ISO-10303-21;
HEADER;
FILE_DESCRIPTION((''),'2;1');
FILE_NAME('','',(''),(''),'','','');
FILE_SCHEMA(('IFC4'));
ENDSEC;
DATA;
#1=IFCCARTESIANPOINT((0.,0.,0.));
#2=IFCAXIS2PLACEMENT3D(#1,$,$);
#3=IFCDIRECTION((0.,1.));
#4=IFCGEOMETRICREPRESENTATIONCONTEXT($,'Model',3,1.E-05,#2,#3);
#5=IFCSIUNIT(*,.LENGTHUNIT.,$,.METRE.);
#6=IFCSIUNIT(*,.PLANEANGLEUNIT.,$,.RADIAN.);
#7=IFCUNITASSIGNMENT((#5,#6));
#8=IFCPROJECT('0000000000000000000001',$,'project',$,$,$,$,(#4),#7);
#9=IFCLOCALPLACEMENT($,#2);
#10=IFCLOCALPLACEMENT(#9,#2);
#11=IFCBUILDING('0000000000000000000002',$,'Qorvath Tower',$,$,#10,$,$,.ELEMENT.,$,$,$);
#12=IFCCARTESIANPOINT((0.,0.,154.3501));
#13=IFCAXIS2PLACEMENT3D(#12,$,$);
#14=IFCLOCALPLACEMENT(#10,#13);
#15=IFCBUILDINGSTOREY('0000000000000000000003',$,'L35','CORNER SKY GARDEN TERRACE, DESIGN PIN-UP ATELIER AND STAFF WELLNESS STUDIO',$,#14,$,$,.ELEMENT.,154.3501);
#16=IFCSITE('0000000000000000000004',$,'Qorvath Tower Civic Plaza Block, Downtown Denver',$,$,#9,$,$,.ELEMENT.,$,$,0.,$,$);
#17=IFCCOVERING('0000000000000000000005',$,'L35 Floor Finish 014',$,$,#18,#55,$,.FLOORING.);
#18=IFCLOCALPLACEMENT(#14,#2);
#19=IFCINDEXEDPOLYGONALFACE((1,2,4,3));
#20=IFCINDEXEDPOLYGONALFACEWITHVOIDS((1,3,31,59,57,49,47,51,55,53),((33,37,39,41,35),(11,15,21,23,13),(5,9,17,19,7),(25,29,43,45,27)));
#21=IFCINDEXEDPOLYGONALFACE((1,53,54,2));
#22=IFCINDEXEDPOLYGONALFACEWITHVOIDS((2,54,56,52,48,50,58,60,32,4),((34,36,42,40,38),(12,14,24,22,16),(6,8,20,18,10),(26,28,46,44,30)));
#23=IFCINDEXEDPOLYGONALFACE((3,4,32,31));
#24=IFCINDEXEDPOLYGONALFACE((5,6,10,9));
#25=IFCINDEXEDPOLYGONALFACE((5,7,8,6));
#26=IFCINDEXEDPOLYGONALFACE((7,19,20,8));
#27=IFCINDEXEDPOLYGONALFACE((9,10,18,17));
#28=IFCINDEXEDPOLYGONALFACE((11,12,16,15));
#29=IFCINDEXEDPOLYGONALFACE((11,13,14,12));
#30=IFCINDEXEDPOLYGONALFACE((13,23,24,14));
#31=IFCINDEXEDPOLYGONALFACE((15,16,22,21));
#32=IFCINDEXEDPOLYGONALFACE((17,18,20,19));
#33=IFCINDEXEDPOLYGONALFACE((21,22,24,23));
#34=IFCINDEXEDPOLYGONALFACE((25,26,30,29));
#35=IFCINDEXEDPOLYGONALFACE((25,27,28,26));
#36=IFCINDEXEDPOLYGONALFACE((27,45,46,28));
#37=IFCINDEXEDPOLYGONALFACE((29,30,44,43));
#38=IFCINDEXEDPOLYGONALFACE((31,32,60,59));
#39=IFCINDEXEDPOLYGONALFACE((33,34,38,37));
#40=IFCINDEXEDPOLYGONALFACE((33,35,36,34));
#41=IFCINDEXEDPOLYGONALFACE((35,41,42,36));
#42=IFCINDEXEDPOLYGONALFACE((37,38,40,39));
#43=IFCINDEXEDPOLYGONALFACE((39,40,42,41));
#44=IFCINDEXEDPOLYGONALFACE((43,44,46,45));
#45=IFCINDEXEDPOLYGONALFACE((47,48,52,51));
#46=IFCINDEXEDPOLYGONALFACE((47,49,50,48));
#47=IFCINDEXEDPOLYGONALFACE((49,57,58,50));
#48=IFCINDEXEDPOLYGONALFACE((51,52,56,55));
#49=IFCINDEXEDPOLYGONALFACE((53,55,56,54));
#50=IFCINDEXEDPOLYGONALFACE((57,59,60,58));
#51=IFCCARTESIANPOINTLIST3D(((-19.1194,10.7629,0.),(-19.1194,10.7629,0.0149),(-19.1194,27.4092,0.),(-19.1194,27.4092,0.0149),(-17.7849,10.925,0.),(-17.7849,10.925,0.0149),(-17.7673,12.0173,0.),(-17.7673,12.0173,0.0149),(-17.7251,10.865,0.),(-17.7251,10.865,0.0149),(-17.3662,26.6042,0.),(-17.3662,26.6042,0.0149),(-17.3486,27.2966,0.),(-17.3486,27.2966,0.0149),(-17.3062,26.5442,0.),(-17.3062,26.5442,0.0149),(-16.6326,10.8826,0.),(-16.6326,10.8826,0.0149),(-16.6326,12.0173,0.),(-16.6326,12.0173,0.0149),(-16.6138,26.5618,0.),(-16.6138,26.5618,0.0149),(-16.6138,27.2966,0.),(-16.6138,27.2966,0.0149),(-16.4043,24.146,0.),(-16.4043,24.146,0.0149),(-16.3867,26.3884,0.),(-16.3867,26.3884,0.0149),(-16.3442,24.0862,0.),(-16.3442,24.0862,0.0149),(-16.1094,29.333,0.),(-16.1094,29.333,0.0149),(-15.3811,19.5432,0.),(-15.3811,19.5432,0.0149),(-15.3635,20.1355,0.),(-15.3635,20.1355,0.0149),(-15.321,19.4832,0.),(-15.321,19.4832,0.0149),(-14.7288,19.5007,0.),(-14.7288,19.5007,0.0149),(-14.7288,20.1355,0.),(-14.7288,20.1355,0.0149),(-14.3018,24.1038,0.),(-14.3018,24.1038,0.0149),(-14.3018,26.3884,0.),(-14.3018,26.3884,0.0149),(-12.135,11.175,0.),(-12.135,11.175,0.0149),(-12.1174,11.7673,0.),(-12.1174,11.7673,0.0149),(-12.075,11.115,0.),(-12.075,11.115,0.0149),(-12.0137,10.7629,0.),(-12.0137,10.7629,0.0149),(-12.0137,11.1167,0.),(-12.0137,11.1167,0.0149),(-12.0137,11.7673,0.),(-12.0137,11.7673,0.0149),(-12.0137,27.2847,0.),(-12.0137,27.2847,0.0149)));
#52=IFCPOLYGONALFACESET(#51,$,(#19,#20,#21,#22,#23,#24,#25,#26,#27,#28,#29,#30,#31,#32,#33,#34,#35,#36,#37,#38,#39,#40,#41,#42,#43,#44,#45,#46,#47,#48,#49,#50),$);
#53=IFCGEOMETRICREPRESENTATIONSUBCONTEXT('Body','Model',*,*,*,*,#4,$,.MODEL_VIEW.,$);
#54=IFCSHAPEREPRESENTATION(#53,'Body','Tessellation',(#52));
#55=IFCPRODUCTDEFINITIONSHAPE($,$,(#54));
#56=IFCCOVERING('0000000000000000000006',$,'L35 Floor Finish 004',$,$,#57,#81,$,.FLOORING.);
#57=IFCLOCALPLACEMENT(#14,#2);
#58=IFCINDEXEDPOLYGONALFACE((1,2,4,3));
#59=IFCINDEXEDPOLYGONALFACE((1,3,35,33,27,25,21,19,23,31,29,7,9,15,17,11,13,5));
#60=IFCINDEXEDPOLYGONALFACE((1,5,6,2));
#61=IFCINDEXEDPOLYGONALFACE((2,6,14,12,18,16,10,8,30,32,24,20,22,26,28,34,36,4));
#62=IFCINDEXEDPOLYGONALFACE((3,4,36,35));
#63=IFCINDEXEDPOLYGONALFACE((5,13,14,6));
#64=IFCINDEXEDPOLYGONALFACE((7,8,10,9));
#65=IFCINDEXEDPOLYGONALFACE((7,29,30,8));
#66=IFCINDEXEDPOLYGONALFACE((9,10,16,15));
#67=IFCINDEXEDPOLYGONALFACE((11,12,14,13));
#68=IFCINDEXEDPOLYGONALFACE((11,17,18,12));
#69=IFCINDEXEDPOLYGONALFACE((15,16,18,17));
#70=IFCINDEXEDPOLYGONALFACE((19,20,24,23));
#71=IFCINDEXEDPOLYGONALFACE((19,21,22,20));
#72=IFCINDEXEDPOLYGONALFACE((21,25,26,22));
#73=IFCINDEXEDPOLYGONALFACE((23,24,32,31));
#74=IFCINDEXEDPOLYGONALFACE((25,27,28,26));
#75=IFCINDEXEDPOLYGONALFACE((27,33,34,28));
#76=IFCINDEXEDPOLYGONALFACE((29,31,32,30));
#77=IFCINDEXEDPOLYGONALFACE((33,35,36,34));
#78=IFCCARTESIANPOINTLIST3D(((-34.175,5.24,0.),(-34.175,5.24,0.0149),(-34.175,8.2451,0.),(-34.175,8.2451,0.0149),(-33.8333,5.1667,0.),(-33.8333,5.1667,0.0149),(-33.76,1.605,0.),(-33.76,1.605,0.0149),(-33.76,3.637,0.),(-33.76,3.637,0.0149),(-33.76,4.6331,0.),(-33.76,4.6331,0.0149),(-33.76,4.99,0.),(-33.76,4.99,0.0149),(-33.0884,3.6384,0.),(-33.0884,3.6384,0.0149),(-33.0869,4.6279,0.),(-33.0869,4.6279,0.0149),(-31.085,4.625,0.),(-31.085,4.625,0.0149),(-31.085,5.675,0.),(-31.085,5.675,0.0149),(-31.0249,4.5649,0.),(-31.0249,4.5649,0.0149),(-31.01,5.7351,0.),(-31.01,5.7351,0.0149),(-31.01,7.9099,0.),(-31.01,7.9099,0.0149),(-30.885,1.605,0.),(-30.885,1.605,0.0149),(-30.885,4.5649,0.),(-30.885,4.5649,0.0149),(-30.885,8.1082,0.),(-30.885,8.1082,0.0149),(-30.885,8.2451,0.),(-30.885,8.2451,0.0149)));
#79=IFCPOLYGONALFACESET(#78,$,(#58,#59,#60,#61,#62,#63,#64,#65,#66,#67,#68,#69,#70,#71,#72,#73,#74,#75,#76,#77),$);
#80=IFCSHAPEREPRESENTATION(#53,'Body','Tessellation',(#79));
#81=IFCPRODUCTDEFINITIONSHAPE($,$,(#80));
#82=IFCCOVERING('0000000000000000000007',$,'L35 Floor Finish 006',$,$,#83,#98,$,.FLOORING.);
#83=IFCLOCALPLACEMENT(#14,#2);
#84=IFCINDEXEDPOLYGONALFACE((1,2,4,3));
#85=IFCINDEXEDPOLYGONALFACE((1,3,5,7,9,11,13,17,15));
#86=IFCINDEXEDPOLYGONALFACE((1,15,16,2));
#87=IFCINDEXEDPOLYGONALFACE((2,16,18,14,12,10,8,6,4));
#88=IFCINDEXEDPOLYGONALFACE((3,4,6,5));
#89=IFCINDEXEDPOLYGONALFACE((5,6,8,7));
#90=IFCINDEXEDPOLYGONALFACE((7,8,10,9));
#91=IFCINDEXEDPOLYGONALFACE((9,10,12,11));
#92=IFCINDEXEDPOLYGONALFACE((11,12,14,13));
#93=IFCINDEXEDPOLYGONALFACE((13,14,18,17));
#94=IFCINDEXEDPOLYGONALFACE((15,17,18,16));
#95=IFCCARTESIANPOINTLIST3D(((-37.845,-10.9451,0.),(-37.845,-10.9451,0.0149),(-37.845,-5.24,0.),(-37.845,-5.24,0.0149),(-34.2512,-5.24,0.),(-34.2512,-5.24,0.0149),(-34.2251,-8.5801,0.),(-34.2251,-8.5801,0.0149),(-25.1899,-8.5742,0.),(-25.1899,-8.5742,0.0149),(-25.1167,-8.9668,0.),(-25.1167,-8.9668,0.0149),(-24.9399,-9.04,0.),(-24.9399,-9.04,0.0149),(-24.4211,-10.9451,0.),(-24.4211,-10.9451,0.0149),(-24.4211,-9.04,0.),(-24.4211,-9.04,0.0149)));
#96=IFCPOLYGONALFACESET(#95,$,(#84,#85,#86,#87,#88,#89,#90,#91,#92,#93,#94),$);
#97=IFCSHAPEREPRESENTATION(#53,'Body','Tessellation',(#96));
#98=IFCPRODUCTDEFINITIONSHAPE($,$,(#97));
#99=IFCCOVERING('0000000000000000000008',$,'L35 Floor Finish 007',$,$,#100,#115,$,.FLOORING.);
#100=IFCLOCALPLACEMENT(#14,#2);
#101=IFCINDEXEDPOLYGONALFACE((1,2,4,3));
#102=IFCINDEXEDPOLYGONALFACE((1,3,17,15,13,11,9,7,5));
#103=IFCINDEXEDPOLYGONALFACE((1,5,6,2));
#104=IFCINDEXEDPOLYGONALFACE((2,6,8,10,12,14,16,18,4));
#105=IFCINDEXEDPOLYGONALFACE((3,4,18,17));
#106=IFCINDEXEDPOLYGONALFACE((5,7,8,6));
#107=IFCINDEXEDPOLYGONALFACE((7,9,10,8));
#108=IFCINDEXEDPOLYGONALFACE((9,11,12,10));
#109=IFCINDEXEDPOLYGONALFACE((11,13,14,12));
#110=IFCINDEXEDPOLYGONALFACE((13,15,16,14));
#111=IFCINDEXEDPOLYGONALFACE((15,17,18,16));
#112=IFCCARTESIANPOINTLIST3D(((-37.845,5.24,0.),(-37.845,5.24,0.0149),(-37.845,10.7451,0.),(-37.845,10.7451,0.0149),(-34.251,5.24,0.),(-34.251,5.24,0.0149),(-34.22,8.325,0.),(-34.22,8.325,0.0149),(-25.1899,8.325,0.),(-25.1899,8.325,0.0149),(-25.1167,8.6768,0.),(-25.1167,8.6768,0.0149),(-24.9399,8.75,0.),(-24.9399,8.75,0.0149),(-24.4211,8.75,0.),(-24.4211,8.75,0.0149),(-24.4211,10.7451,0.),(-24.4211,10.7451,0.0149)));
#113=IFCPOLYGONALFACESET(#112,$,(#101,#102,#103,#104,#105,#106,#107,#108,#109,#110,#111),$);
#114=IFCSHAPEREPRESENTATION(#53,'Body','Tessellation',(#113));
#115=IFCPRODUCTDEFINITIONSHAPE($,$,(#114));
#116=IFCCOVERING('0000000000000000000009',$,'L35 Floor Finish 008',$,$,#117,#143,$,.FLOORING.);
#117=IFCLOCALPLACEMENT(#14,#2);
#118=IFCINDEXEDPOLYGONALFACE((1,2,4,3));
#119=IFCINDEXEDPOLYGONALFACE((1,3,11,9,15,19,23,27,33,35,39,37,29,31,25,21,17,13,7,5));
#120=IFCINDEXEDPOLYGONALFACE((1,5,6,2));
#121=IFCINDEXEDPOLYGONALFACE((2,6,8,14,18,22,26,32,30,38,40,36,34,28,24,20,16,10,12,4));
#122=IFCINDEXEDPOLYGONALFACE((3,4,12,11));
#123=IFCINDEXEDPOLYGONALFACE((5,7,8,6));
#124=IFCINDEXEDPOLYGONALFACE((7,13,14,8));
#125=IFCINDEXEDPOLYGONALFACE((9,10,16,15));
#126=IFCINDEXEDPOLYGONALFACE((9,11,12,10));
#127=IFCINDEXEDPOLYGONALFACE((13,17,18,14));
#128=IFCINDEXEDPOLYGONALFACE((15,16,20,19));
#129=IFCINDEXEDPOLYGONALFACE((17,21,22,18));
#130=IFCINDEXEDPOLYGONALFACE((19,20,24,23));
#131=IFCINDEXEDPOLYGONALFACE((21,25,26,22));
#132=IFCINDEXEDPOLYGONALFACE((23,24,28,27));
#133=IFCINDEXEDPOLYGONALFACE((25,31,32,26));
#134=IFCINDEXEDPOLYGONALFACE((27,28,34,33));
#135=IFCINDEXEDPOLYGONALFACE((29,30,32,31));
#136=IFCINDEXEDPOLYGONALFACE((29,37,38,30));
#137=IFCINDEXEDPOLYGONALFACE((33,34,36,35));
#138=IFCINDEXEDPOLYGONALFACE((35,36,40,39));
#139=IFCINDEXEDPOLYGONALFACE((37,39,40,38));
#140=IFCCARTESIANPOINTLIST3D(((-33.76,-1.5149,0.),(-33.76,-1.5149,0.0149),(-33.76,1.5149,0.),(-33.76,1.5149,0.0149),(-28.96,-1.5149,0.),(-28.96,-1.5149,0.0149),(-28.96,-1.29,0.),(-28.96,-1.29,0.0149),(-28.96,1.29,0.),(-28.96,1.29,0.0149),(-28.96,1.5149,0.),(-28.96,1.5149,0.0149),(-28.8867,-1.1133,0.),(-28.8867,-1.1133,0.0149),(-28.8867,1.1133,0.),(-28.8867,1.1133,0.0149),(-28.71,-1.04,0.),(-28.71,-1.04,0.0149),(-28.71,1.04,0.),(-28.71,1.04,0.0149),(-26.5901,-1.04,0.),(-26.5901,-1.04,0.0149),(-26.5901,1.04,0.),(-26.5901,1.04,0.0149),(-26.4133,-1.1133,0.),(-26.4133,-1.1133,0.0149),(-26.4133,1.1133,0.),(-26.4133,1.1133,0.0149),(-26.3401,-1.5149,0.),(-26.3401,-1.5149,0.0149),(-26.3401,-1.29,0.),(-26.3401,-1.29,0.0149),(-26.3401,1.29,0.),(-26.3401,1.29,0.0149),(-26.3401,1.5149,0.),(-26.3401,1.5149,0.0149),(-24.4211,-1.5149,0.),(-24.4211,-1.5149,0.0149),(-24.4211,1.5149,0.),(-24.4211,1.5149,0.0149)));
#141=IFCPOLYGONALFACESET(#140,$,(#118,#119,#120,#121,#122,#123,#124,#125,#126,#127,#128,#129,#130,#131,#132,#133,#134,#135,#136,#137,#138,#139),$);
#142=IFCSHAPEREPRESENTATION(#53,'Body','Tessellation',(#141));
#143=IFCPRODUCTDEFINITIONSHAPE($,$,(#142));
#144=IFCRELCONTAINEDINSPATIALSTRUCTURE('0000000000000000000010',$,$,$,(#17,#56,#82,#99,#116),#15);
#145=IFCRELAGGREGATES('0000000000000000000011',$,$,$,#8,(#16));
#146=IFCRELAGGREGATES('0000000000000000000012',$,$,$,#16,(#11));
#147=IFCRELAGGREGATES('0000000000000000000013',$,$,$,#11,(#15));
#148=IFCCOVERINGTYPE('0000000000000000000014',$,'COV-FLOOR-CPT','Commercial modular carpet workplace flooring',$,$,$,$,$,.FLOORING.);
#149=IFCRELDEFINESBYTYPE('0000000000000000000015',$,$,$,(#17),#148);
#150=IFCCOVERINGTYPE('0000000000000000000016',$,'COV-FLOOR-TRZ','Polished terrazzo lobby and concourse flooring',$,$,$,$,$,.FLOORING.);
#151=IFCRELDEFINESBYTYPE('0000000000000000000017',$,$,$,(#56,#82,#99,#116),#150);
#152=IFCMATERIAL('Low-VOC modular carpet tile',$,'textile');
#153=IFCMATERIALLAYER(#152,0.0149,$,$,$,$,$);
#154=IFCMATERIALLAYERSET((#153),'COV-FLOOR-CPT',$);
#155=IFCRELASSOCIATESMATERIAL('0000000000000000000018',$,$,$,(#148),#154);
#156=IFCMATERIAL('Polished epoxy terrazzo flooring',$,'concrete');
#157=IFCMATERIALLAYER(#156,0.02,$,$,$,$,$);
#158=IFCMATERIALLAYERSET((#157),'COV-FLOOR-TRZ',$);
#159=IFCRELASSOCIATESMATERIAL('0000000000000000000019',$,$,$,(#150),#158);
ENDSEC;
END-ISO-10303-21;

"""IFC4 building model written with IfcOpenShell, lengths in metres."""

from ifc_helpers import new_model, si_unit, direction, frame, origin, place, context, subcontext, project, spatial, polyline, outline, extrude, material, layer, layer_set, type_object, element, save


model = new_model("IFC4")

# Units and contexts
model_context = context("Model", 3, precision=1e-05, world=origin(), true_north=direction((0.0, 1.0)))
body_context = subcontext(model_context, "Body", "Model", "MODEL_VIEW")
ifc_project = project(units=[si_unit("LENGTHUNIT", "METRE"), si_unit("PLANEANGLEUNIT", "RADIAN")], contexts=[model_context])

# Site, building, storey
site_placement = place(None, origin())
site = spatial("IfcSite", under=ifc_project, at=site_placement, Name="Qorvath Tower Civic Plaza Block, Downtown Denver", CompositionType="ELEMENT", RefElevation=0.0)
building_placement = place(site_placement, origin())
building = spatial("IfcBuilding", under=site, at=building_placement, Name="Qorvath Tower", CompositionType="ELEMENT")
storey_placement = place(building_placement, frame((0.0, 0.0, 154.3501)))
storey = spatial("IfcBuildingStorey", under=building, at=storey_placement, Name="L35", Description="CORNER SKY GARDEN TERRACE, DESIGN PIN-UP ATELIER AND STAFF WELLNESS STUDIO", CompositionType="ELEMENT", Elevation=154.3501)

# Coverings
ifc_material_1 = material(Name="Low-VOC modular carpet tile", Category="textile")
ifc_layer_1 = layer(ifc_material_1, 0.0149)
ifc_layer_set_1 = layer_set([ifc_layer_1], Name="COV-FLOOR-CPT")
covering_type_1 = type_object("IfcCoveringType", Name="COV-FLOOR-CPT", Description="Commercial modular carpet workplace flooring", PredefinedType="FLOORING", material=ifc_layer_set_1)
covering_1_placement = place(storey_placement, origin())
element("IfcCovering", 1, at=covering_1_placement, inside=storey, type_object=covering_type_1, Name="L35 Floor Finish 014", PredefinedType="FLOORING", context=body_context, shape_type="SweptSolid", body=[
    extrude(outline(polyline([(-12.0137, 10.7629), (-12.0137, 11.1167), (-12.075, 11.115), (-12.135, 11.175), (-12.1174, 11.7673), (-12.0137, 11.7673), (-12.0137, 27.2847), (-16.1094, 29.333), (-19.1194, 27.4092), (-19.1194, 10.7629), (-12.0137, 10.7629)]), holes=[polyline([(-16.4043, 24.146), (-16.3867, 26.3884), (-14.3018, 26.3884), (-14.3018, 24.1038), (-16.3442, 24.0862), (-16.4043, 24.146)]), polyline([(-15.3811, 19.5432), (-15.3635, 20.1355), (-14.7288, 20.1355), (-14.7288, 19.5007), (-15.321, 19.4832), (-15.3811, 19.5432)]), polyline([(-17.3662, 26.6042), (-17.3486, 27.2966), (-16.6138, 27.2966), (-16.6138, 26.5618), (-17.3062, 26.5442), (-17.3662, 26.6042)]), polyline([(-17.7849, 10.925), (-17.7673, 12.0173), (-16.6326, 12.0173), (-16.6326, 10.8826), (-17.7251, 10.865), (-17.7849, 10.925)])]), origin(), (0.0, 0.0, 1.0), 0.0149),
])
ifc_material_2 = material(Name="Polished epoxy terrazzo flooring", Category="concrete")
ifc_layer_2 = layer(ifc_material_2, 0.02)
ifc_layer_set_2 = layer_set([ifc_layer_2], Name="COV-FLOOR-TRZ")
covering_type_2 = type_object("IfcCoveringType", Name="COV-FLOOR-TRZ", Description="Polished terrazzo lobby and concourse flooring", PredefinedType="FLOORING", material=ifc_layer_set_2)
covering_2_placement = place(storey_placement, origin())
element("IfcCovering", 2, at=covering_2_placement, inside=storey, type_object=covering_type_2, Name="L35 Floor Finish 004", PredefinedType="FLOORING", context=body_context, shape_type="SweptSolid", body=[
    extrude(outline(polyline([(-30.885, 8.2451), (-34.175, 8.2451), (-34.175, 5.24), (-33.8333, 5.1667), (-33.76, 4.99), (-33.76, 4.6331), (-33.0869, 4.6279), (-33.0884, 3.6384), (-33.76, 3.637), (-33.76, 1.605), (-30.885, 1.605), (-30.885, 4.5649), (-31.0249, 4.5649), (-31.085, 4.625), (-31.085, 5.675), (-31.01, 5.7351), (-31.01, 7.9099), (-30.885, 8.1082), (-30.885, 8.2451)])), origin(), (0.0, 0.0, 1.0), 0.0149),
])
covering_3_placement = place(storey_placement, origin())
element("IfcCovering", 3, at=covering_3_placement, inside=storey, type_object=covering_type_2, Name="L35 Floor Finish 006", PredefinedType="FLOORING", context=body_context, shape_type="SweptSolid", body=[
    extrude(outline(polyline([(-34.2251, -8.5801), (-34.2512, -5.24), (-37.845, -5.24), (-37.845, -10.9451), (-24.4211, -10.9451), (-24.4211, -9.04), (-24.9399, -9.04), (-25.1167, -8.9668), (-25.1899, -8.5742), (-34.2251, -8.5801)])), origin(), (0.0, 0.0, 1.0), 0.0149),
])
covering_4_placement = place(storey_placement, origin())
element("IfcCovering", 4, at=covering_4_placement, inside=storey, type_object=covering_type_2, Name="L35 Floor Finish 007", PredefinedType="FLOORING", context=body_context, shape_type="SweptSolid", body=[
    extrude(outline(polyline([(-24.4211, 8.75), (-24.4211, 10.7451), (-37.845, 10.7451), (-37.845, 5.24), (-34.251, 5.24), (-34.22, 8.325), (-25.1899, 8.325), (-25.1167, 8.6768), (-24.9399, 8.75), (-24.4211, 8.75)])), origin(), (0.0, 0.0, 1.0), 0.0149),
])
covering_5_placement = place(storey_placement, origin())
element("IfcCovering", 5, at=covering_5_placement, inside=storey, type_object=covering_type_2, Name="L35 Floor Finish 008", PredefinedType="FLOORING", context=body_context, shape_type="SweptSolid", body=[
    extrude(outline(polyline([(-24.4211, -1.5149), (-24.4211, 1.5149), (-26.3401, 1.5149), (-26.3401, 1.29), (-26.4133, 1.1133), (-26.5901, 1.04), (-28.71, 1.04), (-28.8867, 1.1133), (-28.96, 1.29), (-28.96, 1.5149), (-33.76, 1.5149), (-33.76, -1.5149), (-28.96, -1.5149), (-28.96, -1.29), (-28.8867, -1.1133), (-28.71, -1.04), (-26.5901, -1.04), (-26.4133, -1.1133), (-26.3401, -1.29), (-26.3401, -1.5149), (-24.4211, -1.5149)])), origin(), (0.0, 0.0, 1.0), 0.0149),
])

save(model, "model.ifc")
